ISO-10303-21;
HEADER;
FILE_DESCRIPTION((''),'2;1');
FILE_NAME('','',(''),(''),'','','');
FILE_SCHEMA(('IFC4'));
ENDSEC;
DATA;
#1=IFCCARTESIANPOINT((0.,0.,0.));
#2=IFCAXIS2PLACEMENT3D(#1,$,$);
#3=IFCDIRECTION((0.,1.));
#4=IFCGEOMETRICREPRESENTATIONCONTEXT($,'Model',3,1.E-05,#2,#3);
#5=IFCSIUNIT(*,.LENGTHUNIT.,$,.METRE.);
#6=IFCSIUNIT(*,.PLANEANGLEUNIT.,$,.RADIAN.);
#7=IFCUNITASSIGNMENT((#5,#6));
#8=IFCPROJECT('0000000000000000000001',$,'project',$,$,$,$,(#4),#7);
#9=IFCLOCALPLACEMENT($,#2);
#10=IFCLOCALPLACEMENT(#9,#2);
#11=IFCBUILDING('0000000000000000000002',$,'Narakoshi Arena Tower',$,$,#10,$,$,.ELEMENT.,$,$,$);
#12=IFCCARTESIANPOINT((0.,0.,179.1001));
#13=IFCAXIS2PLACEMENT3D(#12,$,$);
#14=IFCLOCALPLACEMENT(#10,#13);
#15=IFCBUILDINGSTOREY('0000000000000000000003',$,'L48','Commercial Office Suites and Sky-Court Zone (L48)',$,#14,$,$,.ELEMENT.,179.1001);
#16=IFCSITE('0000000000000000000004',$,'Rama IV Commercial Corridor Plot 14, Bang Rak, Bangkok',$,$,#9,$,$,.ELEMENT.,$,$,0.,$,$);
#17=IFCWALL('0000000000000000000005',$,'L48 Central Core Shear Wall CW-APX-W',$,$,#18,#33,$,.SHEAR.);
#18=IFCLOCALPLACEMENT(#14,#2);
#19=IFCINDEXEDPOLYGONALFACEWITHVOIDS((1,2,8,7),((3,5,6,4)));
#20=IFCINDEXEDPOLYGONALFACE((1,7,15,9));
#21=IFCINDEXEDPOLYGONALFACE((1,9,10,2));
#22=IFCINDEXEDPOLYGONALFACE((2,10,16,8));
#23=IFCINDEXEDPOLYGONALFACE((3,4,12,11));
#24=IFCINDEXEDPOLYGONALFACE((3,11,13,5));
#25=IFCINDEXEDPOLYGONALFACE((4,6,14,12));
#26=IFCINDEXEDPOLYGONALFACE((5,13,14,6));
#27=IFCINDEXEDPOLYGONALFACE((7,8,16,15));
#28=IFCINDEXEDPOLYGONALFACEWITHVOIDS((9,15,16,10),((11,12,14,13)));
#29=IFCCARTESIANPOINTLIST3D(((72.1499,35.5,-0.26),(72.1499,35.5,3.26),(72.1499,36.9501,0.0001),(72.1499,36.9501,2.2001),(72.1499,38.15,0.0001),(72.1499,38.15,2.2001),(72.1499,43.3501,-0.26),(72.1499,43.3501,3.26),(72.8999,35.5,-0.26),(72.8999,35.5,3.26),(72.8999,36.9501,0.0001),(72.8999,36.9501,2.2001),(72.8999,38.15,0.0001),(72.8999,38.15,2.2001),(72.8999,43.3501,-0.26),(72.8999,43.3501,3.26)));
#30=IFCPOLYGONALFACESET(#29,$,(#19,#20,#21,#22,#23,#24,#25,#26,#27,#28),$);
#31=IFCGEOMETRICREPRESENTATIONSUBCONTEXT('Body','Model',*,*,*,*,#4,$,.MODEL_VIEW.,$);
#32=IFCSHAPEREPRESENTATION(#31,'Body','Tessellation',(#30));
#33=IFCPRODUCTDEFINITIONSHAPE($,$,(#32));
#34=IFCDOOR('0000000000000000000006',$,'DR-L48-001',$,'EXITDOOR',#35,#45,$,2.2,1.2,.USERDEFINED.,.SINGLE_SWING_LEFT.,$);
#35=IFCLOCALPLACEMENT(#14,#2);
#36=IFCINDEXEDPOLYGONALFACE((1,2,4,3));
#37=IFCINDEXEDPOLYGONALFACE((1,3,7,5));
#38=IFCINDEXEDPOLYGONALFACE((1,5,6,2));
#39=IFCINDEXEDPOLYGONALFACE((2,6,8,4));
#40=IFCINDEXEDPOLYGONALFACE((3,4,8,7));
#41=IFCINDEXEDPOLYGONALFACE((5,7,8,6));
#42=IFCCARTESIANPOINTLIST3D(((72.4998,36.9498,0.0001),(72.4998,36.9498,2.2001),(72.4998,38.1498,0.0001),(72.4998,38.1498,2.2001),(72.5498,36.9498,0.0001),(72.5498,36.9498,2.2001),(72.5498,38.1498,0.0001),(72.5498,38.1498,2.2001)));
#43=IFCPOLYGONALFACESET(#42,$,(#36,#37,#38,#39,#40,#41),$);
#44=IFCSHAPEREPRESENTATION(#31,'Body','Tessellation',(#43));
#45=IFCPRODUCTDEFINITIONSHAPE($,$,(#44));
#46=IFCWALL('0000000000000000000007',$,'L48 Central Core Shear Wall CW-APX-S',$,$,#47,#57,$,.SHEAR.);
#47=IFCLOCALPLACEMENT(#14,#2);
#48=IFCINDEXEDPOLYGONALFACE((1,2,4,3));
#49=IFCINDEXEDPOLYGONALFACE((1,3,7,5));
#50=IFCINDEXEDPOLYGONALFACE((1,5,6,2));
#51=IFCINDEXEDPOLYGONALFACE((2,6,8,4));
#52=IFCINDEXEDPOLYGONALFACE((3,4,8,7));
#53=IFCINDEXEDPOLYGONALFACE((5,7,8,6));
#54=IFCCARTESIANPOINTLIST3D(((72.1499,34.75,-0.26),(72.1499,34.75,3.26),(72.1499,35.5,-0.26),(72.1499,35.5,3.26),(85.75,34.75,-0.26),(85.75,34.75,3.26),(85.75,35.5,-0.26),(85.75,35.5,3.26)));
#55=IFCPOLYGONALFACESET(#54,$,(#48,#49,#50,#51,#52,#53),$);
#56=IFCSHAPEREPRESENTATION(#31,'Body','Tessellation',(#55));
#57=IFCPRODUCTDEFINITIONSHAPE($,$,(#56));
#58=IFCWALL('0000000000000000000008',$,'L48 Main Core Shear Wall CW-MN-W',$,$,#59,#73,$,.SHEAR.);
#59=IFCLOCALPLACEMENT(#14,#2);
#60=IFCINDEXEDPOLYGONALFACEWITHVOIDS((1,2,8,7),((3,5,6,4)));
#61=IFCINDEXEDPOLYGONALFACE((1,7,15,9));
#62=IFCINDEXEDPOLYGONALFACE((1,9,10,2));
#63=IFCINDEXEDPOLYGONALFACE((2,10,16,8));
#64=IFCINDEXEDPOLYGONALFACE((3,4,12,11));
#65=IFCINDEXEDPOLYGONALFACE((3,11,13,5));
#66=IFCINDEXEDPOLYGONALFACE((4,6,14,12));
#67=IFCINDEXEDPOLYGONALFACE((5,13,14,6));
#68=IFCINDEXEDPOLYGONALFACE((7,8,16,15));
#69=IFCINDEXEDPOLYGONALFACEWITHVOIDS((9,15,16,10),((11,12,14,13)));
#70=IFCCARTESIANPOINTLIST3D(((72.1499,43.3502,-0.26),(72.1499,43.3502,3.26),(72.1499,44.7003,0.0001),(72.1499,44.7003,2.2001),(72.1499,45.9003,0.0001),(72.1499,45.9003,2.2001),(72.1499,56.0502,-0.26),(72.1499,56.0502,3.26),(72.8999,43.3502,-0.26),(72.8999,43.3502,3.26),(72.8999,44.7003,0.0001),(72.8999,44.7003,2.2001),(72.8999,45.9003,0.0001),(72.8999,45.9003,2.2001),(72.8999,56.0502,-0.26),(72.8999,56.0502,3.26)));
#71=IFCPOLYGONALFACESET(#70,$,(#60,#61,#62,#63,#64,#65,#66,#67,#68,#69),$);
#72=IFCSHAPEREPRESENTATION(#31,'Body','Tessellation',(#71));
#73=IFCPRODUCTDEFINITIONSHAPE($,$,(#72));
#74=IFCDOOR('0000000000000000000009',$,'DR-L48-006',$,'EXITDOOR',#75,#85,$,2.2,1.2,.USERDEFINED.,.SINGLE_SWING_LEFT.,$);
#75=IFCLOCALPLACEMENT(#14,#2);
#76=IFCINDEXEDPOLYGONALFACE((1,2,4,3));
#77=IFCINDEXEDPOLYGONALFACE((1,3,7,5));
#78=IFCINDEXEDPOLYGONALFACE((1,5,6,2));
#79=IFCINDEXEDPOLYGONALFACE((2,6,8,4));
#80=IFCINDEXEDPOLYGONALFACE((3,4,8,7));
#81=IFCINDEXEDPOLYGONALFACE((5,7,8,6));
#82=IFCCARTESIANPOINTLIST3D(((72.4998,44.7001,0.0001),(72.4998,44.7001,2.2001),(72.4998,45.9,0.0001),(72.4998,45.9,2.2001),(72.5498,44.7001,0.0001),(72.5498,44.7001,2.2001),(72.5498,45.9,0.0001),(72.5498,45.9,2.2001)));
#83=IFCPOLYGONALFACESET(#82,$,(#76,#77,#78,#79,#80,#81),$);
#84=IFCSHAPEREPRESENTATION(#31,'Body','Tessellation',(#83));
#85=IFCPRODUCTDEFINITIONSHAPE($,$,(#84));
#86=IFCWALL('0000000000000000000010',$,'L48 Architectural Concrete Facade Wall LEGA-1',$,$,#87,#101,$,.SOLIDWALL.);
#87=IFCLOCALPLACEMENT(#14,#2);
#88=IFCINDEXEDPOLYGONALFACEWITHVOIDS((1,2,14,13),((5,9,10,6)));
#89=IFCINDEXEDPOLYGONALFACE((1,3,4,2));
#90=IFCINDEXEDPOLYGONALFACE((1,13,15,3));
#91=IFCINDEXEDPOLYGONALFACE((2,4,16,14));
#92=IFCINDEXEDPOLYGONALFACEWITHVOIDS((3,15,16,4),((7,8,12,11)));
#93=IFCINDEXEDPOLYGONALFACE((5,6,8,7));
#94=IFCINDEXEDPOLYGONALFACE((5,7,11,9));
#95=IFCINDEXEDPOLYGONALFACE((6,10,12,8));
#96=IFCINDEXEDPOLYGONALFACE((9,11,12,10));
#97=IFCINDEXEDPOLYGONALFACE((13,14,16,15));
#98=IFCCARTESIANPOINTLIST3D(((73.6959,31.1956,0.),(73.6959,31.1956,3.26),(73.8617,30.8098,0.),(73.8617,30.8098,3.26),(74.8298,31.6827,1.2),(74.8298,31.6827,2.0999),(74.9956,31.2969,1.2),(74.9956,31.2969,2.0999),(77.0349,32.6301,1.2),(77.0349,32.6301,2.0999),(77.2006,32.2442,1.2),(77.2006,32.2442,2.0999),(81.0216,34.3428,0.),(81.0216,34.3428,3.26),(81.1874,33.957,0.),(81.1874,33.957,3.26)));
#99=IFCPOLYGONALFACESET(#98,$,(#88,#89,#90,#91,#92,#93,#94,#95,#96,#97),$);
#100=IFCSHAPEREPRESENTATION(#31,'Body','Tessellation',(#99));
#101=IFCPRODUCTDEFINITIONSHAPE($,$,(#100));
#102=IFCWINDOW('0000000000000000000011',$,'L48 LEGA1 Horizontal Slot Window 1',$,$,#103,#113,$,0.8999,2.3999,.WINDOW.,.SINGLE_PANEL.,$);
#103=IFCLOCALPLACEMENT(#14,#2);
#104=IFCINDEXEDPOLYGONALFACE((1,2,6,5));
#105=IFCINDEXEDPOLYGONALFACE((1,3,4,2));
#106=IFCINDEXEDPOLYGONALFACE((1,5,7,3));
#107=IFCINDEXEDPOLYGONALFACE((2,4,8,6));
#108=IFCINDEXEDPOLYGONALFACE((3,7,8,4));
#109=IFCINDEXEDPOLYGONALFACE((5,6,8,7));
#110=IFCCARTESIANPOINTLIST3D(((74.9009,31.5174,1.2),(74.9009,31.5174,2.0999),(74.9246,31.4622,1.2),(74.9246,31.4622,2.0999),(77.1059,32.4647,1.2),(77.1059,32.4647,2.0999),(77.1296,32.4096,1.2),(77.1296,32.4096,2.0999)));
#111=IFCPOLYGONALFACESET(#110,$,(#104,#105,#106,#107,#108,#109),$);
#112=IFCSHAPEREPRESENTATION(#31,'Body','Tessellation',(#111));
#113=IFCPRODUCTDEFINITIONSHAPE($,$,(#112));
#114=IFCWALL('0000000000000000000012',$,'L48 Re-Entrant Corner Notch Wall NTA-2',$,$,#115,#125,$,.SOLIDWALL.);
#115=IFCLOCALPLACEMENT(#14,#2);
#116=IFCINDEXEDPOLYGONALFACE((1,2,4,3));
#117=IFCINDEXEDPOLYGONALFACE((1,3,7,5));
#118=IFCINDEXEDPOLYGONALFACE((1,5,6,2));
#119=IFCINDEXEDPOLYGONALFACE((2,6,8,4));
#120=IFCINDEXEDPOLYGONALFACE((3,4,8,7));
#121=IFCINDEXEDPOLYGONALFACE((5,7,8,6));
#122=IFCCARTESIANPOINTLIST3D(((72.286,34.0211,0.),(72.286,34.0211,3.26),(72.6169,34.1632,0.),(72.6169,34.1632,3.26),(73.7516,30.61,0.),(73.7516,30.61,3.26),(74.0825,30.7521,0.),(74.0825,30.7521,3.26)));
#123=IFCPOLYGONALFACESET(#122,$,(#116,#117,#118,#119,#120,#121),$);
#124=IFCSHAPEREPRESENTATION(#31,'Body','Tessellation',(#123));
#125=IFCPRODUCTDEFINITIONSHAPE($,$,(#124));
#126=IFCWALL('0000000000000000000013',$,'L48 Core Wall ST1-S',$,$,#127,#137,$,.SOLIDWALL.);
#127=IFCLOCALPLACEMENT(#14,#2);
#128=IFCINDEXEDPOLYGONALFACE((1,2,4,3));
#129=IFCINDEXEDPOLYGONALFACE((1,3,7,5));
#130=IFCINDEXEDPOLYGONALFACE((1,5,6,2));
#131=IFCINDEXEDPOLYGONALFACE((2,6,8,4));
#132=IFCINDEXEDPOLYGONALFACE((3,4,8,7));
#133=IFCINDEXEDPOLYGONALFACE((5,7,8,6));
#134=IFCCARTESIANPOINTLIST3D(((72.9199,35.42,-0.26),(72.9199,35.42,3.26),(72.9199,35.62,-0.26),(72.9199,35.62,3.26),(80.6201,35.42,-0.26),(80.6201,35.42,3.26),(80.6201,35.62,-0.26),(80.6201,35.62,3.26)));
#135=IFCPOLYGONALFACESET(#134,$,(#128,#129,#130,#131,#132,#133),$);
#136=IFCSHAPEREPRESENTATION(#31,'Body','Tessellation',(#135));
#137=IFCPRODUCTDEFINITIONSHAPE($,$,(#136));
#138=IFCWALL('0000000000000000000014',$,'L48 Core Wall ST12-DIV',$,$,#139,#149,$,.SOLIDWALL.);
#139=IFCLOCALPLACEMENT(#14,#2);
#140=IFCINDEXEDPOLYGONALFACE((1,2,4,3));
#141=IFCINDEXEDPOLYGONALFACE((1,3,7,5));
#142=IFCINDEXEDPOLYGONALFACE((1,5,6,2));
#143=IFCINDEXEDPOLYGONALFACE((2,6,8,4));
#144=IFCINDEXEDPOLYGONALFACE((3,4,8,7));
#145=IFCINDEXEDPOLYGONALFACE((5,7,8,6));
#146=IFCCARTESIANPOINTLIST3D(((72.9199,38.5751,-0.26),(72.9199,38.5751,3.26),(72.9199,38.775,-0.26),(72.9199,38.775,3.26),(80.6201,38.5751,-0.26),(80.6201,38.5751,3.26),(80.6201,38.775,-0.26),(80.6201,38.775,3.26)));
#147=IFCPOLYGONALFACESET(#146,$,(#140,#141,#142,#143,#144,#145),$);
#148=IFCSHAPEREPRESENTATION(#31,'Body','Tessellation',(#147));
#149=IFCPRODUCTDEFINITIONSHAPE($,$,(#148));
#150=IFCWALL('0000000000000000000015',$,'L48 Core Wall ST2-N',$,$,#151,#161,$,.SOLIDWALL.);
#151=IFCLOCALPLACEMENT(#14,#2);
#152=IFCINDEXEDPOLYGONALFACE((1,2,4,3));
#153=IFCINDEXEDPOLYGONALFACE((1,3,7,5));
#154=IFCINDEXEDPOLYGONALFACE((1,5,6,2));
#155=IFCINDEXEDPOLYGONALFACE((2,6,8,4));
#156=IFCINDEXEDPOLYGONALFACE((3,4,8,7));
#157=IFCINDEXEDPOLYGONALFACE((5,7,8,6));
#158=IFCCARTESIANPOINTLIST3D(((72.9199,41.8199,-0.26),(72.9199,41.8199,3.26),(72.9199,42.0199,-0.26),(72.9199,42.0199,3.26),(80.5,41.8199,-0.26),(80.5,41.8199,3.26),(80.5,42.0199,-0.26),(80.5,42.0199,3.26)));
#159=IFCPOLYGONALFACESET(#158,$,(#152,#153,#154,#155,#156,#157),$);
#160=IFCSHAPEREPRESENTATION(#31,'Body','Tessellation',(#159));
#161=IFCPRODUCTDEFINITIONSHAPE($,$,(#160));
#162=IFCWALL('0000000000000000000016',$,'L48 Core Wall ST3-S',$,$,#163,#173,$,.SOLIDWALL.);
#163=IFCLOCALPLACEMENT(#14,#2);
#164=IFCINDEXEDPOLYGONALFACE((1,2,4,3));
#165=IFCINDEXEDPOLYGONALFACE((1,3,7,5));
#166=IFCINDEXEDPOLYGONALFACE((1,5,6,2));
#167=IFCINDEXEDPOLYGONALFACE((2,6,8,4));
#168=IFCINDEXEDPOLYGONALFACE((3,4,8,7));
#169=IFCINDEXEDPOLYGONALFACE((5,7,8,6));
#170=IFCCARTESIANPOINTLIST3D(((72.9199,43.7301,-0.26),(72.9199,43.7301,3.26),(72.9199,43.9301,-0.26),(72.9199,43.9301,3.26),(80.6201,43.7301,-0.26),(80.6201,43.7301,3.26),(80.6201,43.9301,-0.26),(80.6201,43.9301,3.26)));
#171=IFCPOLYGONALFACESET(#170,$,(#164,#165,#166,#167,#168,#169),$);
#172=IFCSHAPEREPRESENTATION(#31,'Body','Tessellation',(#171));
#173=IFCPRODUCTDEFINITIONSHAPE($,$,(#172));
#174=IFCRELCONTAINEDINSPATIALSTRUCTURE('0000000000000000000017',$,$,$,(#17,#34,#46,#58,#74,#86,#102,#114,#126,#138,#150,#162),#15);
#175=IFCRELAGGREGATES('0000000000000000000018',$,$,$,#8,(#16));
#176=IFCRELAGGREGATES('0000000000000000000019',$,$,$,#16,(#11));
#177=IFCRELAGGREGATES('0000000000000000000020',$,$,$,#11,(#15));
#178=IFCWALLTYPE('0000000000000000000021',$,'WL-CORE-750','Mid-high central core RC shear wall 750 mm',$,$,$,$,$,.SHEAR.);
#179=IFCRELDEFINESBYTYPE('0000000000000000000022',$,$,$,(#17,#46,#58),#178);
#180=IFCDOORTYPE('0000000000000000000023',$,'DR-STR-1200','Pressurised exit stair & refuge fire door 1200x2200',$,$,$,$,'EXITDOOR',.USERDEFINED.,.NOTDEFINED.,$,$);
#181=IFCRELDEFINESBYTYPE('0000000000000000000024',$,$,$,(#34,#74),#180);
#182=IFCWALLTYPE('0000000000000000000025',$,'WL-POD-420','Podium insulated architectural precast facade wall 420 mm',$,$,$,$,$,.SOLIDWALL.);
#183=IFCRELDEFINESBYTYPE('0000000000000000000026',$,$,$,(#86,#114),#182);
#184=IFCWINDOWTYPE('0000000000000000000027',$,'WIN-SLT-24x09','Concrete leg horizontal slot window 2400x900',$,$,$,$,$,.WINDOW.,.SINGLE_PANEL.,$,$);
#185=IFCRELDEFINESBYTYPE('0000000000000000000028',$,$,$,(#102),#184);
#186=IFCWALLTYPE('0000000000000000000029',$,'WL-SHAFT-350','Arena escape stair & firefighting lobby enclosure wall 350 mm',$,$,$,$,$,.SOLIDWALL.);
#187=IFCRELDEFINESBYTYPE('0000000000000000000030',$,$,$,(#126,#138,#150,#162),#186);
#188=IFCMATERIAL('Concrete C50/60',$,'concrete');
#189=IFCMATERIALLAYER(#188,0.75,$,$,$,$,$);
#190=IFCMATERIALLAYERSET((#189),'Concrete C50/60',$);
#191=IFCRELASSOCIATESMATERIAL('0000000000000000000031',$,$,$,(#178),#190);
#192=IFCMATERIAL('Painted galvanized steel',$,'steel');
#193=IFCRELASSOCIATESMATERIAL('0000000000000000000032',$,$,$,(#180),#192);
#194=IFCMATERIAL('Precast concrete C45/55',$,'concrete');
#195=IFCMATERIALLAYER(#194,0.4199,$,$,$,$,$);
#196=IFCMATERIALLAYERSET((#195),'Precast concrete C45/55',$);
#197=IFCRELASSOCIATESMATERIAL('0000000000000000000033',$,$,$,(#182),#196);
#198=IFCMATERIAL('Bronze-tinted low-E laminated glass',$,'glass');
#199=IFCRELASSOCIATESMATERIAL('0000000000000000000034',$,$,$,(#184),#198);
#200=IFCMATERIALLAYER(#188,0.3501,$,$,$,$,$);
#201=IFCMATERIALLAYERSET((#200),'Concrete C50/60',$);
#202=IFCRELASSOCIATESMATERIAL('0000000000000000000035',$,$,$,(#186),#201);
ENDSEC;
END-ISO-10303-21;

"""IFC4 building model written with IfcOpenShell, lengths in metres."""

from ifc_helpers import new_model, si_unit, direction, frame, frame_2d, origin, place, context, subcontext, project, spatial, rectangle, extrude, material, layer, layer_set, type_object, element, fill, save


model = new_model("IFC4")

# Units and contexts
model_context = context("Model", 3, precision=1e-05, world=origin(), true_north=direction((0.0, 1.0)))
body_context = subcontext(model_context, "Body", "Model", "MODEL_VIEW")
ifc_project = project(units=[si_unit("LENGTHUNIT", "METRE"), si_unit("PLANEANGLEUNIT", "RADIAN")], contexts=[model_context])

# Site, building, storey
site_placement = place(None, origin())
site = spatial("IfcSite", under=ifc_project, at=site_placement, Name="Rama IV Commercial Corridor Plot 14, Bang Rak, Bangkok", CompositionType="ELEMENT", RefElevation=0.0)
building_placement = place(site_placement, origin())
building = spatial("IfcBuilding", under=site, at=building_placement, Name="Narakoshi Arena Tower", CompositionType="ELEMENT")
storey_placement = place(building_placement, frame((0.0, 0.0, 179.1001)))
storey = spatial("IfcBuildingStorey", under=building, at=storey_placement, Name="L48", Description="Commercial Office Suites and Sky-Court Zone (L48)", CompositionType="ELEMENT", Elevation=179.1001)

# Wall, opening, door
ifc_material_1 = material(Name="Concrete C50/60", Category="concrete")
ifc_layer_1 = layer(ifc_material_1, 0.75)
ifc_layer_set_1 = layer_set([ifc_layer_1], Name="Concrete C50/60")
wall_type_1 = type_object("IfcWallType", Name="WL-CORE-750", Description="Mid-high central core RC shear wall 750 mm", PredefinedType="SHEAR", material=ifc_layer_set_1)
wall_1_placement = place(storey_placement, frame((72.5249, 35.5, -0.26), z_axis=(0.0, 0.0, 1.0), x_axis=(0.0, 1.0, 0.0)))
wall_1 = element("IfcWall", 1, at=wall_1_placement, inside=storey, type_object=wall_type_1, Name="L48 Central Core Shear Wall CW-APX-W", PredefinedType="SHEAR", context=body_context, shape_type="SweptSolid", body=[
    extrude(rectangle(XDim=7.8501, YDim=0.75, at=frame_2d((3.925, 0.0))), origin(), (0.0, 0.0, 1.0), 3.52),
])
opening_1_placement = place(wall_1_placement, frame((1.45, 0.0, 0.26)))
opening_1 = element("IfcOpeningElement", 2, at=opening_1_placement, cuts=wall_1, PredefinedType="OPENING", context=body_context, shape_type="SweptSolid", body=[
    extrude(rectangle(XDim=1.2, YDim=2.2, at=frame_2d((0.6001, 1.1001))), frame((0.0, 0.385, 0.0), z_axis=(0.0, -1.0, 0.0), x_axis=(1.0, 0.0, 0.0)), (0.0, 0.0, 1.0), 0.77),
])
ifc_material_2 = material(Name="Painted galvanized steel", Category="steel")
door_type = type_object("IfcDoorType", Name="DR-STR-1200", Description="Pressurised exit stair & refuge fire door 1200x2200", ElementType="EXITDOOR", OperationType="NOTDEFINED", PredefinedType="USERDEFINED", material=ifc_material_2)
door_1_placement = place(opening_1_placement, frame((1.2, 0.0, 0.0), z_axis=(0.0, 0.0, 1.0), x_axis=(-1.0, 0.0, 0.0)))
door_1 = element("IfcDoor", 3, at=door_1_placement, inside=storey, type_object=door_type, Name="DR-L48-001", ObjectType="EXITDOOR", OperationType="SINGLE_SWING_LEFT", OverallHeight=2.2, OverallWidth=1.2, PredefinedType="USERDEFINED", context=body_context, shape_type="SweptSolid", body=[
    extrude(rectangle(XDim=1.2, YDim=2.2, at=frame_2d((0.6001, 1.1001))), frame((0.0, 0.0249, 0.0), z_axis=(0.0, -1.0, 0.0), x_axis=(1.0, 0.0, 0.0)), (0.0, 0.0, 1.0), 0.05),
])
fill(opening_1, door_1)

# Wall
wall_2_placement = place(storey_placement, frame((72.1499, 35.125, -0.26), z_axis=(0.0, 0.0, 1.0), x_axis=(1.0, 0.0, 0.0)))
element("IfcWall", 4, at=wall_2_placement, inside=storey, type_object=wall_type_1, Name="L48 Central Core Shear Wall CW-APX-S", PredefinedType="SHEAR", context=body_context, shape_type="SweptSolid", body=[
    extrude(rectangle(XDim=13.6001, YDim=0.75, at=frame_2d((6.8, 0.0))), origin(), (0.0, 0.0, 1.0), 3.52),
])

# Wall, opening, door
wall_3_placement = place(storey_placement, frame((72.5249, 43.3501, -0.26), z_axis=(0.0, 0.0, 1.0), x_axis=(0.0, 1.0, 0.0)))
wall_3 = element("IfcWall", 5, at=wall_3_placement, inside=storey, type_object=wall_type_1, Name="L48 Main Core Shear Wall CW-MN-W", PredefinedType="SHEAR", context=body_context, shape_type="SweptSolid", body=[
    extrude(rectangle(XDim=12.7, YDim=0.75, at=frame_2d((6.3501, 0.0))), origin(), (0.0, 0.0, 1.0), 3.52),
])
opening_2_placement = place(wall_3_placement, frame((1.3501, 0.0, 0.26)))
opening_2 = element("IfcOpeningElement", 6, at=opening_2_placement, cuts=wall_3, PredefinedType="OPENING", context=body_context, shape_type="SweptSolid", body=[
    extrude(rectangle(XDim=1.2, YDim=2.2, at=frame_2d((0.6001, 1.1001))), frame((0.0, 0.385, 0.0), z_axis=(0.0, -1.0, 0.0), x_axis=(1.0, 0.0, 0.0)), (0.0, 0.0, 1.0), 0.77),
])
door_2_placement = place(opening_2_placement, frame((1.2, 0.0, 0.0), z_axis=(0.0, 0.0, 1.0), x_axis=(-1.0, 0.0, 0.0)))
door_2 = element("IfcDoor", 7, at=door_2_placement, inside=storey, type_object=door_type, Name="DR-L48-006", ObjectType="EXITDOOR", OperationType="SINGLE_SWING_LEFT", OverallHeight=2.2, OverallWidth=1.2, PredefinedType="USERDEFINED", context=body_context, shape_type="SweptSolid", body=[
    extrude(rectangle(XDim=1.2, YDim=2.2, at=frame_2d((0.6001, 1.1001))), frame((0.0, 0.0249, 0.0), z_axis=(0.0, -1.0, 0.0), x_axis=(1.0, 0.0, 0.0)), (0.0, 0.0, 1.0), 0.05),
])
fill(opening_2, door_2)

# Wall, opening, window
ifc_material_3 = material(Name="Precast concrete C45/55", Category="concrete")
ifc_layer_2 = layer(ifc_material_3, 0.4199)
ifc_layer_set_2 = layer_set([ifc_layer_2], Name="Precast concrete C45/55")
wall_type_2 = type_object("IfcWallType", Name="WL-POD-420", Description="Podium insulated architectural precast facade wall 420 mm", PredefinedType="SOLIDWALL", material=ifc_layer_set_2)
wall_4_placement = place(storey_placement, frame((73.7788, 31.0027, 0.0), z_axis=(0.0, 0.0, 1.0), x_axis=(0.918798, 0.394728, 0.0)))
wall_4 = element("IfcWall", 8, at=wall_4_placement, inside=storey, type_object=wall_type_2, Name="L48 Architectural Concrete Facade Wall LEGA-1", PredefinedType="SOLIDWALL", context=body_context, shape_type="SweptSolid", body=[
    extrude(rectangle(XDim=7.9731, YDim=0.4199, at=frame_2d((3.9866, 0.0))), origin(), (0.0, 0.0, 1.0), 3.26),
])
opening_3_placement = place(wall_4_placement, frame((1.2341, 0.0, 1.2)))
opening_3 = element("IfcOpeningElement", 9, at=opening_3_placement, cuts=wall_4, PredefinedType="OPENING", context=body_context, shape_type="SweptSolid", body=[
    extrude(rectangle(XDim=2.3999, YDim=0.8999, at=frame_2d((1.2, 0.45))), frame((0.0, 0.22, 0.0), z_axis=(0.0, -1.0, 0.0), x_axis=(1.0, 0.0, 0.0)), (0.0, 0.0, 1.0), 0.4399),
])
ifc_material_4 = material(Name="Bronze-tinted low-E laminated glass", Category="glass")
window_type = type_object("IfcWindowType", Name="WIN-SLT-24x09", Description="Concrete leg horizontal slot window 2400x900", PartitioningType="SINGLE_PANEL", PredefinedType="WINDOW", material=ifc_material_4)
window_placement = place(opening_3_placement, origin())
window = element("IfcWindow", 10, at=window_placement, inside=storey, type_object=window_type, Name="L48 LEGA1 Horizontal Slot Window 1", OverallHeight=0.8999, OverallWidth=2.3999, PartitioningType="SINGLE_PANEL", PredefinedType="WINDOW", context=body_context, shape_type="SweptSolid", body=[
    extrude(rectangle(XDim=2.3999, YDim=0.8999, at=frame_2d((1.2, 0.45))), frame((0.0, 0.03, 0.0), z_axis=(0.0, -1.0, 0.0), x_axis=(1.0, 0.0, 0.0)), (0.0, 0.0, 1.0), 0.0601),
])
fill(opening_3, window)

# Walls
wall_5_placement = place(storey_placement, frame((72.4514, 34.0923, 0.0), z_axis=(0.0, 0.0, 1.0), x_axis=(0.394752, -0.918788, 0.0)))
element("IfcWall", 11, at=wall_5_placement, inside=storey, type_object=wall_type_2, Name="L48 Re-Entrant Corner Notch Wall NTA-2", PredefinedType="SOLIDWALL", context=body_context, shape_type="SweptSolid", body=[
    extrude(rectangle(XDim=3.7126, YDim=0.3601, at=frame_2d((1.8564, 0.0))), origin(), (0.0, 0.0, 1.0), 3.26),
])
ifc_layer_3 = layer(ifc_material_1, 0.3501)
ifc_layer_set_3 = layer_set([ifc_layer_3], Name="Concrete C50/60")
wall_type_3 = type_object("IfcWallType", Name="WL-SHAFT-350", Description="Arena escape stair & firefighting lobby enclosure wall 350 mm", PredefinedType="SOLIDWALL", material=ifc_layer_set_3)
for number, where, z_axis, x_axis, name in (
    (12, (72.9199, 35.52, -0.26), (0.0, 0.0, 1.0), (1.0, 0.0, 0.0), "L48 Core Wall ST1-S"),
    (13, (72.9199, 38.675, -0.26), (0.0, 0.0, 1.0), (1.0, 0.0, 0.0), "L48 Core Wall ST12-DIV"),
):
    element("IfcWall", number, at=place(storey_placement, frame(where, z_axis=z_axis, x_axis=x_axis)), inside=storey, type_object=wall_type_3, Name=name, PredefinedType="SOLIDWALL", context=body_context, shape_type="SweptSolid", body=[
        extrude(rectangle(XDim=7.7002, YDim=0.2, at=frame_2d((3.8501, 0.0))), origin(), (0.0, 0.0, 1.0), 3.52),
    ])
wall_6_placement = place(storey_placement, frame((72.9199, 41.9199, -0.26), z_axis=(0.0, 0.0, 1.0), x_axis=(1.0, 0.0, 0.0)))
element("IfcWall", 14, at=wall_6_placement, inside=storey, type_object=wall_type_3, Name="L48 Core Wall ST2-N", PredefinedType="SOLIDWALL", context=body_context, shape_type="SweptSolid", body=[
    extrude(rectangle(XDim=7.5801, YDim=0.2, at=frame_2d((3.79, 0.0))), origin(), (0.0, 0.0, 1.0), 3.52),
])
wall_7_placement = place(storey_placement, frame((72.9199, 43.8301, -0.26), z_axis=(0.0, 0.0, 1.0), x_axis=(1.0, 0.0, 0.0)))
element("IfcWall", 15, at=wall_7_placement, inside=storey, type_object=wall_type_3, Name="L48 Core Wall ST3-S", PredefinedType="SOLIDWALL", context=body_context, shape_type="SweptSolid", body=[
    extrude(rectangle(XDim=7.7002, YDim=0.2, at=frame_2d((3.8501, 0.0))), origin(), (0.0, 0.0, 1.0), 3.52),
])

save(model, "model.ifc")
